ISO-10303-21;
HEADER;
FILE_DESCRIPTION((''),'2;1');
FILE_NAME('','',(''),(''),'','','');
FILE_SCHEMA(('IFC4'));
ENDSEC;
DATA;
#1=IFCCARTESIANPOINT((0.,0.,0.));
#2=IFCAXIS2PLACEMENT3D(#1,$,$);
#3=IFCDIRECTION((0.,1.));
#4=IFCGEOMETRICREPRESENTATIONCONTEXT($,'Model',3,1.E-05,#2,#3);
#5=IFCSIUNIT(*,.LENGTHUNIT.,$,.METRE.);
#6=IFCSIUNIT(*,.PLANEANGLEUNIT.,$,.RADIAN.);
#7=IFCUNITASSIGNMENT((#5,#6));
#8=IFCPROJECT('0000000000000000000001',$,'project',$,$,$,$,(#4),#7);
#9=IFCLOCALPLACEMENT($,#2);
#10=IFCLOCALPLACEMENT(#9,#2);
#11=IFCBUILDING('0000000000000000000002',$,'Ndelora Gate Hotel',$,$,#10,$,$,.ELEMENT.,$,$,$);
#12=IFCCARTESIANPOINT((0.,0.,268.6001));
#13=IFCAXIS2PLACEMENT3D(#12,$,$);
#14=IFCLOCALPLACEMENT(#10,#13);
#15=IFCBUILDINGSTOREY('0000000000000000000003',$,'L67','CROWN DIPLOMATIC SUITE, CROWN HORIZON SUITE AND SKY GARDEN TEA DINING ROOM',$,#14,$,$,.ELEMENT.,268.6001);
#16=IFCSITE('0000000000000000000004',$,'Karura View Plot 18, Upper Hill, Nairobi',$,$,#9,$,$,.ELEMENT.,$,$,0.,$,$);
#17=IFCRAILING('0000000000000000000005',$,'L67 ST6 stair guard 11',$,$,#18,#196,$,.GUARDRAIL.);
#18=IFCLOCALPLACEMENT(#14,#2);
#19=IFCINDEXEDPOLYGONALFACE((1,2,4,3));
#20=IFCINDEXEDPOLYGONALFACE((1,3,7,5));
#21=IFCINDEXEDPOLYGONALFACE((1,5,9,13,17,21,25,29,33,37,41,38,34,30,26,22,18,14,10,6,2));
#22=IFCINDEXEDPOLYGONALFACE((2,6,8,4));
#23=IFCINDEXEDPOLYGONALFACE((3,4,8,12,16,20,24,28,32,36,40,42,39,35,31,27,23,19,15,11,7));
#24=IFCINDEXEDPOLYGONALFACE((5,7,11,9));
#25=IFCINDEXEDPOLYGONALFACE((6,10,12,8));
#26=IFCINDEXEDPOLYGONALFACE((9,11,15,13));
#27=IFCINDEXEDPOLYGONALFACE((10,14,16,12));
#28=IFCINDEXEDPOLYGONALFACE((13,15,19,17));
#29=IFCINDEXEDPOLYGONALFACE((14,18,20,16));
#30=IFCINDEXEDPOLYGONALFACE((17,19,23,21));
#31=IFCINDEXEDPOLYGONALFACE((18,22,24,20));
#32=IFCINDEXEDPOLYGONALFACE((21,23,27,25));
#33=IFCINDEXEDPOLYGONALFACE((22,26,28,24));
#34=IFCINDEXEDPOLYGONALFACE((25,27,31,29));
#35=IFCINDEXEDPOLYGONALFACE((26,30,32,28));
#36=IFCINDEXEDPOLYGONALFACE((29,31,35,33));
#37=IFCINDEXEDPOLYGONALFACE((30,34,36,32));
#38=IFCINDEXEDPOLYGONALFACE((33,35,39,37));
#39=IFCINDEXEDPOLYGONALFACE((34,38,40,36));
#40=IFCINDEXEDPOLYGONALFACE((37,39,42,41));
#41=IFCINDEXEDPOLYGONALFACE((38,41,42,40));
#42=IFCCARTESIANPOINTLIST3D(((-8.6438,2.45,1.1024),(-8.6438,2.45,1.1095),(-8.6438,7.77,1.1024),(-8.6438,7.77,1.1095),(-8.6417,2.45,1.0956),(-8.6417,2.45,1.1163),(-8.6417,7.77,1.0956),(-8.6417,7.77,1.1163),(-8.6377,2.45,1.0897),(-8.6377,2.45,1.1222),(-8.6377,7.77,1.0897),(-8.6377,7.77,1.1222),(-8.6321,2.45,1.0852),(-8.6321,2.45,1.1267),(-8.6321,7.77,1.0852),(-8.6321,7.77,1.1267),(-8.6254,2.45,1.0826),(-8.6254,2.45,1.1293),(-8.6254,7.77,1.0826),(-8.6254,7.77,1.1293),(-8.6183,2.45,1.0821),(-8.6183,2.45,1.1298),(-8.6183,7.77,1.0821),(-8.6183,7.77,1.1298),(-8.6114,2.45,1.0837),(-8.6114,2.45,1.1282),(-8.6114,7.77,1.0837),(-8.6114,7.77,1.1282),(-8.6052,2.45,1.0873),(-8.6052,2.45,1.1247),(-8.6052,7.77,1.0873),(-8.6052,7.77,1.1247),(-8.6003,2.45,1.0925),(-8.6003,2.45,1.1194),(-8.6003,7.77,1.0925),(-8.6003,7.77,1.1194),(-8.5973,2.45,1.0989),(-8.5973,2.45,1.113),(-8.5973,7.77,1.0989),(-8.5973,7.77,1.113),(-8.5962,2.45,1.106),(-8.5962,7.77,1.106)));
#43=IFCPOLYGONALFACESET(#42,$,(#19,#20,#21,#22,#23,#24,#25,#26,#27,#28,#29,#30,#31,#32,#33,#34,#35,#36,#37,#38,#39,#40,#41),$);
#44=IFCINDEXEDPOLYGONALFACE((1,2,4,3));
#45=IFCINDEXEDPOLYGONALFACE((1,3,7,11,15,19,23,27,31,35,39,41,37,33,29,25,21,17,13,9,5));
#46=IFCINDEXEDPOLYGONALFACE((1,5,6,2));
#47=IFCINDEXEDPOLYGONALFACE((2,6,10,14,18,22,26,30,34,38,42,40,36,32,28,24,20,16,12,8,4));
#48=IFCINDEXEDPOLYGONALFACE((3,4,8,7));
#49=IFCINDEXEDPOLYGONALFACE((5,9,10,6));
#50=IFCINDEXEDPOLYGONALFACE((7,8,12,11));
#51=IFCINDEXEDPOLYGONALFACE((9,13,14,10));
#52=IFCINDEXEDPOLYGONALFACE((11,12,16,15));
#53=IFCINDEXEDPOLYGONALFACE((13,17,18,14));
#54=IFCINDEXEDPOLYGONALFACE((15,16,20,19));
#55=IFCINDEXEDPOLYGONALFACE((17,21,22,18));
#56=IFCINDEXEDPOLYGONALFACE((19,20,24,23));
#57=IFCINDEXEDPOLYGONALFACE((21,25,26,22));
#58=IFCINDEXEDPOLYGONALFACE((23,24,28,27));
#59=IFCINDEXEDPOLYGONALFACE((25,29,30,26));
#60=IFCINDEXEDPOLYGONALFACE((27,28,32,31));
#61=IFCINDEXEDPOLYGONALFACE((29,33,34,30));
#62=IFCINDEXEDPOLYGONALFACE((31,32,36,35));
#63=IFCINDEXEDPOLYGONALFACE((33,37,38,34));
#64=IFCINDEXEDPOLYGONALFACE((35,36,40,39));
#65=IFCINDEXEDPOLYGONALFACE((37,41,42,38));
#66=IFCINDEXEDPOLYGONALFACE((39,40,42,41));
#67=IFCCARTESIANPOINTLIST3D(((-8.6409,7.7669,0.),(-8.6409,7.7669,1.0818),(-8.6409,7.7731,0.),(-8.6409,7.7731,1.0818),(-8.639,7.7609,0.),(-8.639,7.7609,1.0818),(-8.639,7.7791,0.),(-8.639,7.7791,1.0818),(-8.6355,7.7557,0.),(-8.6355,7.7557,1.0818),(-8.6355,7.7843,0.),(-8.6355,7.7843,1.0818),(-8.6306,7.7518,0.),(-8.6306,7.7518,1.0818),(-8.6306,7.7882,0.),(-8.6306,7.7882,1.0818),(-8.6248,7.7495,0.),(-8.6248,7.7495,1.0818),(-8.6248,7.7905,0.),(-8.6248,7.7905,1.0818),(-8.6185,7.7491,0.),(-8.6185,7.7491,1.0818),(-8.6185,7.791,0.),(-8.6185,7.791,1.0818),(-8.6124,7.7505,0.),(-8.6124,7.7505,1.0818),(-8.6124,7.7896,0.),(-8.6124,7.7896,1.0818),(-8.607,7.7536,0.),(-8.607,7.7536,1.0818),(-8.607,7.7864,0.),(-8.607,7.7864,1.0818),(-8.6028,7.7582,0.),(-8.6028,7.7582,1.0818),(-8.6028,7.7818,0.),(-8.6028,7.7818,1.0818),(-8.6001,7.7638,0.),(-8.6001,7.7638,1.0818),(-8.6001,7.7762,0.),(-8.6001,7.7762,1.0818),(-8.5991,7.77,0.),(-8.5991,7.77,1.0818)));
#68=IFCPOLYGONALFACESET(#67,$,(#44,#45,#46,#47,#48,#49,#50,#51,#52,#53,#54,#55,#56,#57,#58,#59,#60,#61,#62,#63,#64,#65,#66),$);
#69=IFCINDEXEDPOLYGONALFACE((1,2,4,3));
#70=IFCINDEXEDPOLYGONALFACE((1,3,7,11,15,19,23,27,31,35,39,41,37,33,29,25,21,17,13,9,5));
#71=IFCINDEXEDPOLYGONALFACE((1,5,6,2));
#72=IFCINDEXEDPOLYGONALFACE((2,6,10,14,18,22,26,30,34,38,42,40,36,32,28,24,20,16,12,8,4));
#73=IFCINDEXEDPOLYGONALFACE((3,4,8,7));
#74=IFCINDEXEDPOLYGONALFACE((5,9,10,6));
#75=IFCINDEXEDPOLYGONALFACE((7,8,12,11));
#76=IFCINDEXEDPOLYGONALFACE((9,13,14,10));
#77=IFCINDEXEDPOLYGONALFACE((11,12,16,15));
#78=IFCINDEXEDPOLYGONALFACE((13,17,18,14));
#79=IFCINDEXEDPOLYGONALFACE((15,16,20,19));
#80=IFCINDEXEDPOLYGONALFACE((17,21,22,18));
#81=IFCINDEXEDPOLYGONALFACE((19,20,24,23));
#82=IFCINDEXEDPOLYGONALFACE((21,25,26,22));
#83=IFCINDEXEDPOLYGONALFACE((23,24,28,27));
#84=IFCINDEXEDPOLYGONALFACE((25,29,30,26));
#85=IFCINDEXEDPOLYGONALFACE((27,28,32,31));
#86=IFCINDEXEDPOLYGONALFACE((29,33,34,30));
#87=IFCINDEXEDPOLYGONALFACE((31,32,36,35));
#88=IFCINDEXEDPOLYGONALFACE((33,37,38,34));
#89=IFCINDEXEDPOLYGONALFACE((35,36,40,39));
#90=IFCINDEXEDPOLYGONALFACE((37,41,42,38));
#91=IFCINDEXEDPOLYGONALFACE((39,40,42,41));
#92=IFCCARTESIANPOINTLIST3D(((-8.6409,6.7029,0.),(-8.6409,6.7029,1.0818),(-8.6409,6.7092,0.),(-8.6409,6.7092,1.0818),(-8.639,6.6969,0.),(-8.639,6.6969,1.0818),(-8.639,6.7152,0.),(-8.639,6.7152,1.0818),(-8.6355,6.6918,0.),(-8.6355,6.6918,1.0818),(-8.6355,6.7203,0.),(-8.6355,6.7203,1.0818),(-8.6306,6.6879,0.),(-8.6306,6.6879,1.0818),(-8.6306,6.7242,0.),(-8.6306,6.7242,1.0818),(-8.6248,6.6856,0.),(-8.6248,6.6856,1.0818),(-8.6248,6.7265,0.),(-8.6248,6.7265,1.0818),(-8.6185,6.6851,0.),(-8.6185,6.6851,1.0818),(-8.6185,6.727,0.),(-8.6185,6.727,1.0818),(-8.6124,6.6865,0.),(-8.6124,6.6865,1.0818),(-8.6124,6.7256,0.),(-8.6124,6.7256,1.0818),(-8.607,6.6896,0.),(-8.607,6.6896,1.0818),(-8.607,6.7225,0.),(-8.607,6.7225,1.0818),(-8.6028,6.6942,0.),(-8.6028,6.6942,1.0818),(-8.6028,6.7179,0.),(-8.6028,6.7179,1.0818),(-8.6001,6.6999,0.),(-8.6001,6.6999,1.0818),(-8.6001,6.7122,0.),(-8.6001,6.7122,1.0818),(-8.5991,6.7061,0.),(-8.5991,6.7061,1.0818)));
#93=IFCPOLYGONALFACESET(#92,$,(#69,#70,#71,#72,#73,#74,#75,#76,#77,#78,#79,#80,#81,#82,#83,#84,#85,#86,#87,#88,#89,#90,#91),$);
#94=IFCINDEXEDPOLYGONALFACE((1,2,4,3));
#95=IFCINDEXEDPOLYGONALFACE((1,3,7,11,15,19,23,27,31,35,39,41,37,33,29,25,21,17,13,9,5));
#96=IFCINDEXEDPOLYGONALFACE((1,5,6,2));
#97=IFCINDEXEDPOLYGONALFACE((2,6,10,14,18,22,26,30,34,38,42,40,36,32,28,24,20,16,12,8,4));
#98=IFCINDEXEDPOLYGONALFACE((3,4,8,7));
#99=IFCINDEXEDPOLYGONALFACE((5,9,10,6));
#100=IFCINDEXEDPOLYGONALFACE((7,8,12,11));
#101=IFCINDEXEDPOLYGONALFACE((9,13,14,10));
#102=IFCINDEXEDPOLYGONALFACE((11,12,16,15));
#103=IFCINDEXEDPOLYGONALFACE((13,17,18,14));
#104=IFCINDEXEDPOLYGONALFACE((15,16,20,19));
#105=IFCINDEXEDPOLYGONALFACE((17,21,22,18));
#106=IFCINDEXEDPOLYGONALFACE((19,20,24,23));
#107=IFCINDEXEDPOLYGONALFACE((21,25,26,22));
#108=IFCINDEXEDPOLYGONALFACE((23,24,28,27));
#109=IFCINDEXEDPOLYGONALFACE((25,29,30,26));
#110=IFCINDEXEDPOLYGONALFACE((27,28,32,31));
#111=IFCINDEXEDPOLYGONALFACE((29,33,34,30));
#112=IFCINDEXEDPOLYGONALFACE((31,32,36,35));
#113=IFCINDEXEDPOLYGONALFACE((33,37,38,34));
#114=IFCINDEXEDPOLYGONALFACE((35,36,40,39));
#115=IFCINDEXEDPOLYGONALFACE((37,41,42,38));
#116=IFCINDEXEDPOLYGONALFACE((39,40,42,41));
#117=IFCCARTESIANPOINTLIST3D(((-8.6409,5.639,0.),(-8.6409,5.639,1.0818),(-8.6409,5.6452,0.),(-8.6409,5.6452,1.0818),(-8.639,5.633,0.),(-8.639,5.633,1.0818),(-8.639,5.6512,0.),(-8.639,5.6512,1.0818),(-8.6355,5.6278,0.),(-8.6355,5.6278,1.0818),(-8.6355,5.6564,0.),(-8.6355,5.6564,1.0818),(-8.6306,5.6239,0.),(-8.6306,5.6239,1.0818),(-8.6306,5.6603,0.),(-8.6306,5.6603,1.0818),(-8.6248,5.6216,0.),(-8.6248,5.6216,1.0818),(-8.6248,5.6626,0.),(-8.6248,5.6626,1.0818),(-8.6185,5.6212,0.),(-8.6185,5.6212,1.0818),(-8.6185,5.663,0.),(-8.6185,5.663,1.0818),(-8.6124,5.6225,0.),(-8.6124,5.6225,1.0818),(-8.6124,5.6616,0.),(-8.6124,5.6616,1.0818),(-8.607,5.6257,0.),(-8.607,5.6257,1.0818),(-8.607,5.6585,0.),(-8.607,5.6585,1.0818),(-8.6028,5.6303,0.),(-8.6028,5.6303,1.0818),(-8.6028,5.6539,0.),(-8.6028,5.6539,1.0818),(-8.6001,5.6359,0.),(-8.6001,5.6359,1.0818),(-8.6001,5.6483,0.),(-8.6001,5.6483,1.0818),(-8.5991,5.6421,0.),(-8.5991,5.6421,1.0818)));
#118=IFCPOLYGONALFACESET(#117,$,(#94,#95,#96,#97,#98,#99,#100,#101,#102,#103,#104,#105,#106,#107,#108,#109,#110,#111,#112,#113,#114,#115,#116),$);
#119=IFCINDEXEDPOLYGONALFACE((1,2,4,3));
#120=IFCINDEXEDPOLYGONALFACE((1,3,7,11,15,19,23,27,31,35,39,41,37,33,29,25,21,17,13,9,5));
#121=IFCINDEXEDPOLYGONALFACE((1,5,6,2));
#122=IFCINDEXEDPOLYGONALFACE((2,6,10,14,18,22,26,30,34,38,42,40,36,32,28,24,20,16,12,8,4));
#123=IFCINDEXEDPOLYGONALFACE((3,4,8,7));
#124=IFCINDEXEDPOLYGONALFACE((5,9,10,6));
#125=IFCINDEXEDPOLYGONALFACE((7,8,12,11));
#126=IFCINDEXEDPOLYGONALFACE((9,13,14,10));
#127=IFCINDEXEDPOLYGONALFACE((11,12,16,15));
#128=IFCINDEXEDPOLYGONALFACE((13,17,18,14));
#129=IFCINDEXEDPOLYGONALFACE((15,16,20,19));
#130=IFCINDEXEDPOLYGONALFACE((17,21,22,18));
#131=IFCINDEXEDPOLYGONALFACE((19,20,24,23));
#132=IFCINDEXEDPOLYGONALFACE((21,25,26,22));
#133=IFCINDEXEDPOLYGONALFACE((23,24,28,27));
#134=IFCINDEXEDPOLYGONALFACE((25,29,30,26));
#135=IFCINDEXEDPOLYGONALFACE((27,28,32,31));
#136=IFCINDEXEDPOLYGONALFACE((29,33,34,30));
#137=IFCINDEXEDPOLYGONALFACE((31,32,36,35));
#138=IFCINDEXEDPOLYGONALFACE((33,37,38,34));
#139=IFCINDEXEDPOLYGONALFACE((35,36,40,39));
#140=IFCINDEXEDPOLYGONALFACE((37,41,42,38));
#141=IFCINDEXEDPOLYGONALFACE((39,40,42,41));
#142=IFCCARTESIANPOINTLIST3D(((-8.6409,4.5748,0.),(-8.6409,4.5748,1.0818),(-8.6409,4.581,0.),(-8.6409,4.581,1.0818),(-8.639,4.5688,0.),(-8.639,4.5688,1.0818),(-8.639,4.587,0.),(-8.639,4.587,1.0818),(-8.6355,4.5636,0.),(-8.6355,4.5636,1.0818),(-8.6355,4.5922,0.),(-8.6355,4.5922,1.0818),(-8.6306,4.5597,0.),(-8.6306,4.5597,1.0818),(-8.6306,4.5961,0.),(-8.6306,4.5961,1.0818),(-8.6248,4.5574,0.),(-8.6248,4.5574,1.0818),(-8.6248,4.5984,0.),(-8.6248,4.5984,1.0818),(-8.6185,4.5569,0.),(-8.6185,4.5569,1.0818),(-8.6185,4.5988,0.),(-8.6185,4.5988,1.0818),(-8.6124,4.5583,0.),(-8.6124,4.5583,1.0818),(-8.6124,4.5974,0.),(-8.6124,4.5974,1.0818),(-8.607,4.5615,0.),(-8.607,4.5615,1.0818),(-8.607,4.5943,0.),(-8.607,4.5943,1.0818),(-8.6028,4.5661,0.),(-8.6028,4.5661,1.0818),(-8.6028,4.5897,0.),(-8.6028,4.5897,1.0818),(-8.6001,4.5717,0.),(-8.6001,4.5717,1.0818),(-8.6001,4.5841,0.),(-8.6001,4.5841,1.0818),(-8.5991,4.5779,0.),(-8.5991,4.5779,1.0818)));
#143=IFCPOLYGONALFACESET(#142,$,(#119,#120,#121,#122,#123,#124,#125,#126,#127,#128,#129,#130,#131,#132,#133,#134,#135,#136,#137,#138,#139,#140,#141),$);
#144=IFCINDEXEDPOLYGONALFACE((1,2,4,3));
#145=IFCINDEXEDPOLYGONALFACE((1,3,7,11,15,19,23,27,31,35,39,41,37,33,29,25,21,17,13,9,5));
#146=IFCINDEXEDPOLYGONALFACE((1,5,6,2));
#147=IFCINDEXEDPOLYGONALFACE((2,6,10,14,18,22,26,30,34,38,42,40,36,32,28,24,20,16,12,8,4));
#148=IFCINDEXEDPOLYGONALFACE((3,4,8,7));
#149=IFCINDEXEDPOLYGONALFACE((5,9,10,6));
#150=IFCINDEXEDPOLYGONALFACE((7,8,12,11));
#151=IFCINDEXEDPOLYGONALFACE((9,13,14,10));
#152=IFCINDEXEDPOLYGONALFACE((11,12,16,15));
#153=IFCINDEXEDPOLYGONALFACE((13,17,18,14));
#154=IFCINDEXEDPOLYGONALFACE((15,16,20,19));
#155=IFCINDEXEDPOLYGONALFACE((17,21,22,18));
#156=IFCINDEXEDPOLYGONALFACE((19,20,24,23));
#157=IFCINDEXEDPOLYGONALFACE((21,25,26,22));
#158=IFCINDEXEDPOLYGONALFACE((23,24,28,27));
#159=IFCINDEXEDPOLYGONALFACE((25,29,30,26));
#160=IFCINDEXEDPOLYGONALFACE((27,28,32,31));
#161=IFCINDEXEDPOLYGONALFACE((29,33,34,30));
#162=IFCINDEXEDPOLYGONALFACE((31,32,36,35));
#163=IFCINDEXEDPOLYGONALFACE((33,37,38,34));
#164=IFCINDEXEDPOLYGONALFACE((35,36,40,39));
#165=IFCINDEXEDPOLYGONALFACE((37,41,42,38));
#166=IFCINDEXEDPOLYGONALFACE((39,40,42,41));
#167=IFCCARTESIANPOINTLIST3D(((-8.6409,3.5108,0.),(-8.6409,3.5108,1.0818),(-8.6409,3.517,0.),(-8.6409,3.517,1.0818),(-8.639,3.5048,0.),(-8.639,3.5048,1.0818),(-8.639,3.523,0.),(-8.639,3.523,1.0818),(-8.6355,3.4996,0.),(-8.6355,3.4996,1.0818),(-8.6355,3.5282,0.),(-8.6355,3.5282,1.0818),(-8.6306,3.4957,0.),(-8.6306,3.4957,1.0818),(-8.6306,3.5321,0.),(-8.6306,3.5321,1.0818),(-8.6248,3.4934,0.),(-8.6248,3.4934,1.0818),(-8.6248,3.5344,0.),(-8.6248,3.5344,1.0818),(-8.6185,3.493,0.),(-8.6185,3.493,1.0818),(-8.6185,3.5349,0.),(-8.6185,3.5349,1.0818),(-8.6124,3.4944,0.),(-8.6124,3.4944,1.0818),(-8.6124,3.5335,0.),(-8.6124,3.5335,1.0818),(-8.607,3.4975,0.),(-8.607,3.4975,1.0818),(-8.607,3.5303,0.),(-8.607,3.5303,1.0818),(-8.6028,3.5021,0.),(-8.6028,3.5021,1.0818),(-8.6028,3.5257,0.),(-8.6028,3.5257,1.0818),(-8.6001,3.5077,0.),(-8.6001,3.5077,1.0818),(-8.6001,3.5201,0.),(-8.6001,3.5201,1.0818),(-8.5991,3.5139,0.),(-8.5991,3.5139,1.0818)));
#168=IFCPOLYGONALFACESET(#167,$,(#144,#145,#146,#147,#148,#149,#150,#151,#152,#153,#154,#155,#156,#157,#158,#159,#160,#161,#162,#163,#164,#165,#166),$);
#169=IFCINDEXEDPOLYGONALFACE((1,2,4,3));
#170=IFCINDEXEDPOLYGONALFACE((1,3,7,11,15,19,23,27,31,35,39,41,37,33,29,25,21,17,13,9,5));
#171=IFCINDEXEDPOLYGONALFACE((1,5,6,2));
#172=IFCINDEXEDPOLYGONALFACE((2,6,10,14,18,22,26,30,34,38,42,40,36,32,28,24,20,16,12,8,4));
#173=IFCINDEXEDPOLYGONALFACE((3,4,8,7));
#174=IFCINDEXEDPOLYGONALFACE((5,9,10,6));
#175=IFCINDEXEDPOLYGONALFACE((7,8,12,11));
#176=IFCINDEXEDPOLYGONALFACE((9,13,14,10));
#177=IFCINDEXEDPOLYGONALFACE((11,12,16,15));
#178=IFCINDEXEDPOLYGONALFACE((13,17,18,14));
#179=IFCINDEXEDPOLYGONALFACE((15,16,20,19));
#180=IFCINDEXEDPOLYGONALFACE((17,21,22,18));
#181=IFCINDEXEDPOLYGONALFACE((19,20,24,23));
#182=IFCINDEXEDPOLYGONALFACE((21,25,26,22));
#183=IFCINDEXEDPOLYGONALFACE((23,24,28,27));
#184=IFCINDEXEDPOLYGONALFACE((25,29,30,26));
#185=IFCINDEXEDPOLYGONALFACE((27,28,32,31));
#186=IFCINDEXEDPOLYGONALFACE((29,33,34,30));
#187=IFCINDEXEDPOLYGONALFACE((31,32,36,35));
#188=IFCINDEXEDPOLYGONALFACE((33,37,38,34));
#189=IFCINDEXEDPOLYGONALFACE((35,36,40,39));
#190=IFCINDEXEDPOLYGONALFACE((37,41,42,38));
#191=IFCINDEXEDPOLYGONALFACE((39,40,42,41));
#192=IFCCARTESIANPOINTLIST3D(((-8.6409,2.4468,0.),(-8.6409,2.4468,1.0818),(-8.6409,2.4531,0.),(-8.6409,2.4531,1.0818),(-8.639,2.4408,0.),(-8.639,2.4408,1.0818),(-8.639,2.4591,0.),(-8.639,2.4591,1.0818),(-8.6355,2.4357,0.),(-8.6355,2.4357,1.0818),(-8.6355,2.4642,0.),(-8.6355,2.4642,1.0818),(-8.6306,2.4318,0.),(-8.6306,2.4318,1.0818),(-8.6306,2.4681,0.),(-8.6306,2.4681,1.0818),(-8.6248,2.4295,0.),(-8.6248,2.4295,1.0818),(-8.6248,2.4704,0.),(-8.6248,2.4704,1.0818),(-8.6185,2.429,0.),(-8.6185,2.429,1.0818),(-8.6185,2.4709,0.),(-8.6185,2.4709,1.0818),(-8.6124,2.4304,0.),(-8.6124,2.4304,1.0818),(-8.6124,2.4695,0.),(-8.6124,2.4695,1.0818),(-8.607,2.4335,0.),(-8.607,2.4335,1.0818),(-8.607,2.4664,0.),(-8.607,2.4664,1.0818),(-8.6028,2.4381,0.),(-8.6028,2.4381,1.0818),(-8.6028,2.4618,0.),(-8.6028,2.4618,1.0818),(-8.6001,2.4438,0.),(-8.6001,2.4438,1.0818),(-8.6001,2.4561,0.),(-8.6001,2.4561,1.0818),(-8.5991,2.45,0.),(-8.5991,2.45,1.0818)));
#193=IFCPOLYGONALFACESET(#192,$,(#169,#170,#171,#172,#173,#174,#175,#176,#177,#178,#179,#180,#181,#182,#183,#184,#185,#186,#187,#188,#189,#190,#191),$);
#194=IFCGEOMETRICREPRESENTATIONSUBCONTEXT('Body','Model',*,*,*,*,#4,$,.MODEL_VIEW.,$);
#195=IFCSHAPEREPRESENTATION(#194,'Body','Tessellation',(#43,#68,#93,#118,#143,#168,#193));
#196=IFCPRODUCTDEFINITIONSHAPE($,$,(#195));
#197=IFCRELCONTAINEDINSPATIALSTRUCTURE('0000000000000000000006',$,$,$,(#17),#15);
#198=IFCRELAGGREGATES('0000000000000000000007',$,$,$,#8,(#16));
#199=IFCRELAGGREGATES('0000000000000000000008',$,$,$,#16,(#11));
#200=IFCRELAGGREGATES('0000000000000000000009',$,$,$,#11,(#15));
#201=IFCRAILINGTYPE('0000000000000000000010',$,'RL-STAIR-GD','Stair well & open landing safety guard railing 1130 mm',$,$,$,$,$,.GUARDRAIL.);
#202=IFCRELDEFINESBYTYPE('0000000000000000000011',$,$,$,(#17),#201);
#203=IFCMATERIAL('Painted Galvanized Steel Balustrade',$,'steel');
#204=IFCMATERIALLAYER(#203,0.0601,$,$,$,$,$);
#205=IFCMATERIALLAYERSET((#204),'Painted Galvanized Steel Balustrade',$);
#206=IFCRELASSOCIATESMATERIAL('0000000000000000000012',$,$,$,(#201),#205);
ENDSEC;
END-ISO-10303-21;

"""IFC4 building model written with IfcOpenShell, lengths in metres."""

from ifc_helpers import new_model, si_unit, direction, frame, origin, origin_2d, place, context, subcontext, project, spatial, circle, extrude, material, layer, layer_set, type_object, element, save


model = new_model("IFC4")

# Units and contexts
model_context = context("Model", 3, precision=1e-05, world=origin(), true_north=direction((0.0, 1.0)))
body_context = subcontext(model_context, "Body", "Model", "MODEL_VIEW")
ifc_project = project(units=[si_unit("LENGTHUNIT", "METRE"), si_unit("PLANEANGLEUNIT", "RADIAN")], contexts=[model_context])

# Site, building, storey
site_placement = place(None, origin())
site = spatial("IfcSite", under=ifc_project, at=site_placement, Name="Karura View Plot 18, Upper Hill, Nairobi", CompositionType="ELEMENT", RefElevation=0.0)
building_placement = place(site_placement, origin())
building = spatial("IfcBuilding", under=site, at=building_placement, Name="Ndelora Gate Hotel", CompositionType="ELEMENT")
storey_placement = place(building_placement, frame((0.0, 0.0, 268.6001)))
storey = spatial("IfcBuildingStorey", under=building, at=storey_placement, Name="L67", Description="CROWN DIPLOMATIC SUITE, CROWN HORIZON SUITE AND SKY GARDEN TEA DINING ROOM", CompositionType="ELEMENT", Elevation=268.6001)

# Railing
ifc_material_1 = material(Name="Painted Galvanized Steel Balustrade", Category="steel")
ifc_layer_1 = layer(ifc_material_1, 0.0601)
ifc_layer_set_1 = layer_set([ifc_layer_1], Name="Painted Galvanized Steel Balustrade")
railing_type_1 = type_object("IfcRailingType", Name="RL-STAIR-GD", Description="Stair well & open landing safety guard railing 1130 mm", PredefinedType="GUARDRAIL", material=ifc_layer_set_1)
railing_1_placement = place(storey_placement, frame((-8.6201, 7.77, 0.0)))
element("IfcRailing", 1, at=railing_1_placement, inside=storey, type_object=railing_type_1, Name="L67 ST6 stair guard 11", PredefinedType="GUARDRAIL", context=body_context, shape_type="SweptSolid", body=[
    extrude(circle(Radius=0.0239, at=origin_2d()), frame((0.0, 0.0, 1.106), z_axis=(0.0, -1.0, 0.0), x_axis=(1.0, 0.0, 0.0)), (0.0, 0.0, 1.0), 5.3201),
    extrude(circle(Radius=0.021, at=origin_2d()), origin(), (0.0, 0.0, 1.0), 1.0818),
    extrude(circle(Radius=0.021, at=origin_2d()), frame((0.0, -1.064, 0.0)), (0.0, 0.0, 1.0), 1.0818),
    extrude(circle(Radius=0.021, at=origin_2d()), frame((0.0, -2.1279, 0.0)), (0.0, 0.0, 1.0), 1.0818),
    extrude(circle(Radius=0.021, at=origin_2d()), frame((0.0, -3.1921, 0.0)), (0.0, 0.0, 1.0), 1.0818),
    extrude(circle(Radius=0.021, at=origin_2d()), frame((0.0, -4.2561, 0.0)), (0.0, 0.0, 1.0), 1.0818),
    extrude(circle(Radius=0.021, at=origin_2d()), frame((0.0, -5.3201, 0.0)), (0.0, 0.0, 1.0), 1.0818),
])

save(model, "model.ifc")
